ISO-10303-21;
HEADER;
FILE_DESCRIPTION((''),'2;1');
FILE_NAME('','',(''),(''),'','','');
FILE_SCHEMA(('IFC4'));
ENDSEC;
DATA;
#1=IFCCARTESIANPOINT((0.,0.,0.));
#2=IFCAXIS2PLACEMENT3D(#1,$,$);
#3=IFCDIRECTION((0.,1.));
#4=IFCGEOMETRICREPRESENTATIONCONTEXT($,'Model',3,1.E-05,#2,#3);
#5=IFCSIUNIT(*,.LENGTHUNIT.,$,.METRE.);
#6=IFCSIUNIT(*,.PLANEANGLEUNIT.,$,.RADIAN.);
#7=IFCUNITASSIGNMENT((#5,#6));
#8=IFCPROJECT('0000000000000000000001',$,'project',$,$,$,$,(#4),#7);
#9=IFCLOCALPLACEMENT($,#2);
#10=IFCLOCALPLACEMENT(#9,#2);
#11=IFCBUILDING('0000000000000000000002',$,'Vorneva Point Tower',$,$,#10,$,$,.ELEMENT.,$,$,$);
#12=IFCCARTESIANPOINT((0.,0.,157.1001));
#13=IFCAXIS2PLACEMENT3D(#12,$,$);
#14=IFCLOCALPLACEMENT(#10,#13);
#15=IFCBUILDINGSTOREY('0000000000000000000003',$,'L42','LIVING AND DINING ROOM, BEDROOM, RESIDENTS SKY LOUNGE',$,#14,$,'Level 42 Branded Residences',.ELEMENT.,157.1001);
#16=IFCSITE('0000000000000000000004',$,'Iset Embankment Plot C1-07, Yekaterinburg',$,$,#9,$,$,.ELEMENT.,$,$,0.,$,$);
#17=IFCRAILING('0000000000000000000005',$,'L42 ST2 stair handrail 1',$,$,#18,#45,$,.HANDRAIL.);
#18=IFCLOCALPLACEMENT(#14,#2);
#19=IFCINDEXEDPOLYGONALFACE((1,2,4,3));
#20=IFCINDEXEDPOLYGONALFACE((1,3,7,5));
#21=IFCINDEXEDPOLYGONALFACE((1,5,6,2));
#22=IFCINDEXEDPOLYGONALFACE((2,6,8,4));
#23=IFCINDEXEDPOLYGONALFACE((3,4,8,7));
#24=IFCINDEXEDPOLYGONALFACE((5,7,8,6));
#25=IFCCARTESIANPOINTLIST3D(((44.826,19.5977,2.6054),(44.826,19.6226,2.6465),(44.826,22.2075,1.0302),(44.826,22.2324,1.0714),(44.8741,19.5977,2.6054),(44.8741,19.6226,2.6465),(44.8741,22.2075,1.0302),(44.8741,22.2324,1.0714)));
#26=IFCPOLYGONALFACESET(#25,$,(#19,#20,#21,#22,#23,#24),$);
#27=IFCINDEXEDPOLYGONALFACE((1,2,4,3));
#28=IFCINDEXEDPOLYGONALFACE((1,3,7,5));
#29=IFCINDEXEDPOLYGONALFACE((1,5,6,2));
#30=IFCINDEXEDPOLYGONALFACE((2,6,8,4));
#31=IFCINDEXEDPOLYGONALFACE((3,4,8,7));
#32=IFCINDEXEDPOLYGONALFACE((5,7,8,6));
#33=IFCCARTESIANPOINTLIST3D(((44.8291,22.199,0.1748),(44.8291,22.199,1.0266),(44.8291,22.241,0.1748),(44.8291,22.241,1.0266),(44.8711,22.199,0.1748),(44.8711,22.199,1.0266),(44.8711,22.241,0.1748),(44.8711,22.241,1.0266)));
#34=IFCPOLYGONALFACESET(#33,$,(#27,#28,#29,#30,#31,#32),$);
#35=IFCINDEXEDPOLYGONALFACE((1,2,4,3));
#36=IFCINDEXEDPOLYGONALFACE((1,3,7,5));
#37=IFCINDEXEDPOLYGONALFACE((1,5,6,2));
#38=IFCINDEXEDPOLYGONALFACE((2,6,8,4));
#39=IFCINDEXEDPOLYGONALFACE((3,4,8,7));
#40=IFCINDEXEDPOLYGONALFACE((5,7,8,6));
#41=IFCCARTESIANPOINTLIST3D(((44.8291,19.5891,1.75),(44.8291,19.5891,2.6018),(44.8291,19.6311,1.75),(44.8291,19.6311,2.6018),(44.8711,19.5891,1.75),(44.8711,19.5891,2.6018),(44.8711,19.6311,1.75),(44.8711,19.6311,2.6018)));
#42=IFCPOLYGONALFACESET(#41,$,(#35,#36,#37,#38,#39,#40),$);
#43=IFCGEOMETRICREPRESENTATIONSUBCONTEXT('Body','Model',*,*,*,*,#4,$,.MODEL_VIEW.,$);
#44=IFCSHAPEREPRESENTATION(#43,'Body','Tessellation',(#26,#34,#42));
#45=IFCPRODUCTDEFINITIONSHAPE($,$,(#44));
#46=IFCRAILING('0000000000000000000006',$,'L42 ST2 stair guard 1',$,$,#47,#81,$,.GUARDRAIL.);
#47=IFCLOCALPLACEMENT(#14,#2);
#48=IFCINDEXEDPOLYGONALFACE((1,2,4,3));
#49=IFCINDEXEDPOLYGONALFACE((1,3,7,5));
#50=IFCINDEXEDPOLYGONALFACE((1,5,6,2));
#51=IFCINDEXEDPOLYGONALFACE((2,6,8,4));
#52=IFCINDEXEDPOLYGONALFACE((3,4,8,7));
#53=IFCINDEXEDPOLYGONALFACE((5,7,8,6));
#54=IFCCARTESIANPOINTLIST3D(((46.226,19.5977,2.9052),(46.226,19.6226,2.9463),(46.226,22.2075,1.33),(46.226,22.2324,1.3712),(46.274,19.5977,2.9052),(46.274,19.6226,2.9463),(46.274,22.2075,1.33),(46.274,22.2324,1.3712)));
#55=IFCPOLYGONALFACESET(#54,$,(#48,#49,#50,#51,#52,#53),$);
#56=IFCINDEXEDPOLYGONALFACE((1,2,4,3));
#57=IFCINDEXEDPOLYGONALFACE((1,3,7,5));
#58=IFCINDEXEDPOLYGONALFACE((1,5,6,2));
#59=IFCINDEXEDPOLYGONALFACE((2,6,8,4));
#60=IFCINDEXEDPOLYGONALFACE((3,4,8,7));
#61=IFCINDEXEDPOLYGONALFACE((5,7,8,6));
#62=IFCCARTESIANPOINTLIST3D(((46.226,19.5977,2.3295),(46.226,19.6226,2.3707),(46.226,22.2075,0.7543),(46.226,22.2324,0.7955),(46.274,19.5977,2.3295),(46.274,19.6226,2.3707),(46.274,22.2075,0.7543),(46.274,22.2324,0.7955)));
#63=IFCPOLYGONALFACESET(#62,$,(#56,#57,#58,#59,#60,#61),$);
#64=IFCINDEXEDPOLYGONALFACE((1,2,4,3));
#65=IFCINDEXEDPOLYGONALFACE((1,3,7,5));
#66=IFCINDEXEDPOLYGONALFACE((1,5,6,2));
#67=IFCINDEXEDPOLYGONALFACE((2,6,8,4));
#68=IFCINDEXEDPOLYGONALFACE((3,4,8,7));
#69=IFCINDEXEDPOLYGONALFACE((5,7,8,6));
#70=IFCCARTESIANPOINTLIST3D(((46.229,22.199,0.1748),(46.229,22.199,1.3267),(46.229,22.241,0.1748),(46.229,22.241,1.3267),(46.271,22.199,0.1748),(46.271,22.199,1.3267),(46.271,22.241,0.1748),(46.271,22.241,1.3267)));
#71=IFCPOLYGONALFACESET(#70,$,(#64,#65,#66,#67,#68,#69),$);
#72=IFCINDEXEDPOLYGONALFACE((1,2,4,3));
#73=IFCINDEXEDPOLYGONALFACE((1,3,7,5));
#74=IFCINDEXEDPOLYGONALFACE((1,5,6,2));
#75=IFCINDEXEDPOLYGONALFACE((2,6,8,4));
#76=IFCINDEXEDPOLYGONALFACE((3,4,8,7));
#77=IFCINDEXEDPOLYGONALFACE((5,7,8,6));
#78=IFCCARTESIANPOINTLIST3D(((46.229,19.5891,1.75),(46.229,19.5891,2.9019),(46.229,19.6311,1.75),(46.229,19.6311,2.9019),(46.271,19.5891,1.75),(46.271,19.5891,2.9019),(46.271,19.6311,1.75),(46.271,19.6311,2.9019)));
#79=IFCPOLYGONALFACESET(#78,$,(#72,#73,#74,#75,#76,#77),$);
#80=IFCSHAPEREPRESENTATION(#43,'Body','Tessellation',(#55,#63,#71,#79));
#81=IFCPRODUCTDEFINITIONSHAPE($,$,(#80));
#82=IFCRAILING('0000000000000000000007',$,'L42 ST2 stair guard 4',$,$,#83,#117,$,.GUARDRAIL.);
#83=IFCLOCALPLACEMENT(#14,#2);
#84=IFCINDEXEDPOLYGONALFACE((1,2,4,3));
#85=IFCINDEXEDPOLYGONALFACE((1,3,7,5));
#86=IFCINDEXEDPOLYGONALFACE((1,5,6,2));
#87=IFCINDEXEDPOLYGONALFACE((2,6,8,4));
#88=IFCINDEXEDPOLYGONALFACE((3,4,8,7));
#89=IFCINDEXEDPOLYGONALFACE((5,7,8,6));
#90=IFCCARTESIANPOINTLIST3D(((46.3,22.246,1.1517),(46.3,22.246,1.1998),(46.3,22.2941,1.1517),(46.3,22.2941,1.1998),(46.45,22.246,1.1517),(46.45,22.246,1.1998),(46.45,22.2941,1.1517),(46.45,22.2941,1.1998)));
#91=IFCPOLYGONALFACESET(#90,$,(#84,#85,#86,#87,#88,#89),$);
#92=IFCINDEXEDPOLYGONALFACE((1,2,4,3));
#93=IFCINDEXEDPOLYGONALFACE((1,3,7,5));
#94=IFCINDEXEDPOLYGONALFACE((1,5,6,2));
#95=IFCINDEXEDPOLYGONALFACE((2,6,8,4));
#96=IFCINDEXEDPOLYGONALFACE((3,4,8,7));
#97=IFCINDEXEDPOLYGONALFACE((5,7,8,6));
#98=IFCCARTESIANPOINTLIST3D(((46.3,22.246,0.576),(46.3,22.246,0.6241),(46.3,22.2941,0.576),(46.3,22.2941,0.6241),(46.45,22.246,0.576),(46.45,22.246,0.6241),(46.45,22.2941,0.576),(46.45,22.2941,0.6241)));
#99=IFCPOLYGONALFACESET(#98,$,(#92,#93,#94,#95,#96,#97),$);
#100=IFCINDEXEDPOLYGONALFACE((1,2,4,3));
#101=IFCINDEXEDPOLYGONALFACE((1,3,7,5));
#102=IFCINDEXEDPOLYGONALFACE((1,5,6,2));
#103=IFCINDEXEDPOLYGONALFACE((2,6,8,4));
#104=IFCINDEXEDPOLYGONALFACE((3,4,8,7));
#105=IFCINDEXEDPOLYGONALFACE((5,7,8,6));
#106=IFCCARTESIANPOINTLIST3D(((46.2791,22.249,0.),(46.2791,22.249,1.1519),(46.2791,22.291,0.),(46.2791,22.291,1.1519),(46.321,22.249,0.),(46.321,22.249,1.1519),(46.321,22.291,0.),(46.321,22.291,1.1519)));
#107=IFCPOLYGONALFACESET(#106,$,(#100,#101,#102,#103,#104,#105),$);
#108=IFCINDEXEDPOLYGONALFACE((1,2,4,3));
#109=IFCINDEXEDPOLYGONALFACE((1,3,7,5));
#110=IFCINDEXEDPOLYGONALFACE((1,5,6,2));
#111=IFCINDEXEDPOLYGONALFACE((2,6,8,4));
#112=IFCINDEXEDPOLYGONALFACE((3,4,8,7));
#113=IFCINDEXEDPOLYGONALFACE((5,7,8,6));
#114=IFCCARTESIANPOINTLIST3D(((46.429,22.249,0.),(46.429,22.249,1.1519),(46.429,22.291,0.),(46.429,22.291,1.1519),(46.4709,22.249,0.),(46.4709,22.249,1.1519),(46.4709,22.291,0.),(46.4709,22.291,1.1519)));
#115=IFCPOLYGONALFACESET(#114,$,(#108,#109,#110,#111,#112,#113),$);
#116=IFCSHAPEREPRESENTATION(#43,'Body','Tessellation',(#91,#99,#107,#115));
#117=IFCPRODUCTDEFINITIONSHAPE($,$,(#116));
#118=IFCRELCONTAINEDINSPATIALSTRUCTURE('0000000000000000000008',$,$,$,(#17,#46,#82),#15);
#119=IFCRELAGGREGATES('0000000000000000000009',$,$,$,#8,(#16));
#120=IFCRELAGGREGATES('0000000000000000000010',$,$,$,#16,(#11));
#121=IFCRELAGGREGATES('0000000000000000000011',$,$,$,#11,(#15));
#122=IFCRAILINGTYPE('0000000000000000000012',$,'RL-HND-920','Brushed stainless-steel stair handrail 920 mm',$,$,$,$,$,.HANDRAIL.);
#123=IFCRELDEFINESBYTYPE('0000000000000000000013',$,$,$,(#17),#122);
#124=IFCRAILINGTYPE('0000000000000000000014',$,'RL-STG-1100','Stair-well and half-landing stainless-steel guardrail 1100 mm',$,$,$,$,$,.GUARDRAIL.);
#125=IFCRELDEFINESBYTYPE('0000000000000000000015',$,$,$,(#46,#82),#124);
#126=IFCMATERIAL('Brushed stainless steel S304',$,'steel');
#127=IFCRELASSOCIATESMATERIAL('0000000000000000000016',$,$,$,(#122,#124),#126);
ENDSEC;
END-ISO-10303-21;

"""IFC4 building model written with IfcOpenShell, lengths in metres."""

from ifc_helpers import new_model, si_unit, direction, frame, origin, origin_2d, place, context, subcontext, project, spatial, rectangle, extrude, material, type_object, element, save


model = new_model("IFC4")

# Units and contexts
model_context = context("Model", 3, precision=1e-05, world=origin(), true_north=direction((0.0, 1.0)))
body_context = subcontext(model_context, "Body", "Model", "MODEL_VIEW")
ifc_project = project(units=[si_unit("LENGTHUNIT", "METRE"), si_unit("PLANEANGLEUNIT", "RADIAN")], contexts=[model_context])

# Site, building, storey
site_placement = place(None, origin())
site = spatial("IfcSite", under=ifc_project, at=site_placement, Name="Iset Embankment Plot C1-07, Yekaterinburg", CompositionType="ELEMENT", RefElevation=0.0)
building_placement = place(site_placement, origin())
building = spatial("IfcBuilding", under=site, at=building_placement, Name="Vorneva Point Tower", CompositionType="ELEMENT")
storey_placement = place(building_placement, frame((0.0, 0.0, 157.1001)))
storey = spatial("IfcBuildingStorey", under=building, at=storey_placement, Name="L42", Description="LIVING AND DINING ROOM, BEDROOM, RESIDENTS SKY LOUNGE", LongName="Level 42 Branded Residences", CompositionType="ELEMENT", Elevation=157.1001)

# Shared definitions
ifc_material_1 = material(Name="Brushed stainless steel S304", Category="steel")

# Railings
railing_type_1 = type_object("IfcRailingType", Name="RL-HND-920", Description="Brushed stainless-steel stair handrail 920 mm", PredefinedType="HANDRAIL", material=ifc_material_1)
railing_1_placement = place(storey_placement, frame((44.8501, 22.22, 0.1748)))
element("IfcRailing", 1, at=railing_1_placement, inside=storey, type_object=railing_type_1, Name="L42 ST2 stair handrail 1", PredefinedType="HANDRAIL", context=body_context, shape_type="SweptSolid", body=[
    extrude(rectangle(XDim=0.0481, YDim=0.0481, at=origin_2d()), frame((0.0, 0.0, 0.876), z_axis=(0.0, -0.856147, 0.516732), x_axis=(1.0, 0.0, 0.0)), (0.0, 0.0, 1.0), 3.0483),
    extrude(rectangle(XDim=0.042, YDim=0.042, at=origin_2d()), origin(), (0.0, 0.0, 1.0), 0.8518),
    extrude(rectangle(XDim=0.042, YDim=0.042, at=origin_2d()), frame((0.0, -2.6099, 1.5752)), (0.0, 0.0, 1.0), 0.8518),
])
railing_type_2 = type_object("IfcRailingType", Name="RL-STG-1100", Description="Stair-well and half-landing stainless-steel guardrail 1100 mm", PredefinedType="GUARDRAIL", material=ifc_material_1)
railing_2_placement = place(storey_placement, frame((46.25, 22.22, 0.1748)))
element("IfcRailing", 2, at=railing_2_placement, inside=storey, type_object=railing_type_2, Name="L42 ST2 stair guard 1", PredefinedType="GUARDRAIL", context=body_context, shape_type="SweptSolid", body=[
    extrude(rectangle(XDim=0.0481, YDim=0.0481, at=origin_2d()), frame((0.0, 0.0, 1.1758), z_axis=(0.0, -0.856147, 0.516732), x_axis=(1.0, 0.0, 0.0)), (0.0, 0.0, 1.0), 3.0483),
    extrude(rectangle(XDim=0.0481, YDim=0.0481, at=origin_2d()), frame((0.0, 0.0, 0.6001), z_axis=(0.0, -0.856147, 0.516732), x_axis=(1.0, 0.0, 0.0)), (0.0, 0.0, 1.0), 3.0483),
    extrude(rectangle(XDim=0.042, YDim=0.042, at=origin_2d()), origin(), (0.0, 0.0, 1.0), 1.1519),
    extrude(rectangle(XDim=0.042, YDim=0.042, at=origin_2d()), frame((0.0, -2.6099, 1.5752)), (0.0, 0.0, 1.0), 1.1519),
])
railing_3_placement = place(storey_placement, frame((46.3, 22.27, 0.0)))
element("IfcRailing", 3, at=railing_3_placement, inside=storey, type_object=railing_type_2, Name="L42 ST2 stair guard 4", PredefinedType="GUARDRAIL", context=body_context, shape_type="SweptSolid", body=[
    extrude(rectangle(XDim=0.0481, YDim=0.0481, at=origin_2d()), frame((0.0, 0.0, 1.1758), z_axis=(1.0, 0.0, 0.0), x_axis=(0.0, 1.0, 0.0)), (0.0, 0.0, 1.0), 0.1499),
    extrude(rectangle(XDim=0.0481, YDim=0.0481, at=origin_2d()), frame((0.0, 0.0, 0.6001), z_axis=(1.0, 0.0, 0.0), x_axis=(0.0, 1.0, 0.0)), (0.0, 0.0, 1.0), 0.1499),
    extrude(rectangle(XDim=0.042, YDim=0.042, at=origin_2d()), origin(), (0.0, 0.0, 1.0), 1.1519),
    extrude(rectangle(XDim=0.042, YDim=0.042, at=origin_2d()), frame((0.1499, 0.0, 0.0)), (0.0, 0.0, 1.0), 1.1519),
])

save(model, "model.ifc")
